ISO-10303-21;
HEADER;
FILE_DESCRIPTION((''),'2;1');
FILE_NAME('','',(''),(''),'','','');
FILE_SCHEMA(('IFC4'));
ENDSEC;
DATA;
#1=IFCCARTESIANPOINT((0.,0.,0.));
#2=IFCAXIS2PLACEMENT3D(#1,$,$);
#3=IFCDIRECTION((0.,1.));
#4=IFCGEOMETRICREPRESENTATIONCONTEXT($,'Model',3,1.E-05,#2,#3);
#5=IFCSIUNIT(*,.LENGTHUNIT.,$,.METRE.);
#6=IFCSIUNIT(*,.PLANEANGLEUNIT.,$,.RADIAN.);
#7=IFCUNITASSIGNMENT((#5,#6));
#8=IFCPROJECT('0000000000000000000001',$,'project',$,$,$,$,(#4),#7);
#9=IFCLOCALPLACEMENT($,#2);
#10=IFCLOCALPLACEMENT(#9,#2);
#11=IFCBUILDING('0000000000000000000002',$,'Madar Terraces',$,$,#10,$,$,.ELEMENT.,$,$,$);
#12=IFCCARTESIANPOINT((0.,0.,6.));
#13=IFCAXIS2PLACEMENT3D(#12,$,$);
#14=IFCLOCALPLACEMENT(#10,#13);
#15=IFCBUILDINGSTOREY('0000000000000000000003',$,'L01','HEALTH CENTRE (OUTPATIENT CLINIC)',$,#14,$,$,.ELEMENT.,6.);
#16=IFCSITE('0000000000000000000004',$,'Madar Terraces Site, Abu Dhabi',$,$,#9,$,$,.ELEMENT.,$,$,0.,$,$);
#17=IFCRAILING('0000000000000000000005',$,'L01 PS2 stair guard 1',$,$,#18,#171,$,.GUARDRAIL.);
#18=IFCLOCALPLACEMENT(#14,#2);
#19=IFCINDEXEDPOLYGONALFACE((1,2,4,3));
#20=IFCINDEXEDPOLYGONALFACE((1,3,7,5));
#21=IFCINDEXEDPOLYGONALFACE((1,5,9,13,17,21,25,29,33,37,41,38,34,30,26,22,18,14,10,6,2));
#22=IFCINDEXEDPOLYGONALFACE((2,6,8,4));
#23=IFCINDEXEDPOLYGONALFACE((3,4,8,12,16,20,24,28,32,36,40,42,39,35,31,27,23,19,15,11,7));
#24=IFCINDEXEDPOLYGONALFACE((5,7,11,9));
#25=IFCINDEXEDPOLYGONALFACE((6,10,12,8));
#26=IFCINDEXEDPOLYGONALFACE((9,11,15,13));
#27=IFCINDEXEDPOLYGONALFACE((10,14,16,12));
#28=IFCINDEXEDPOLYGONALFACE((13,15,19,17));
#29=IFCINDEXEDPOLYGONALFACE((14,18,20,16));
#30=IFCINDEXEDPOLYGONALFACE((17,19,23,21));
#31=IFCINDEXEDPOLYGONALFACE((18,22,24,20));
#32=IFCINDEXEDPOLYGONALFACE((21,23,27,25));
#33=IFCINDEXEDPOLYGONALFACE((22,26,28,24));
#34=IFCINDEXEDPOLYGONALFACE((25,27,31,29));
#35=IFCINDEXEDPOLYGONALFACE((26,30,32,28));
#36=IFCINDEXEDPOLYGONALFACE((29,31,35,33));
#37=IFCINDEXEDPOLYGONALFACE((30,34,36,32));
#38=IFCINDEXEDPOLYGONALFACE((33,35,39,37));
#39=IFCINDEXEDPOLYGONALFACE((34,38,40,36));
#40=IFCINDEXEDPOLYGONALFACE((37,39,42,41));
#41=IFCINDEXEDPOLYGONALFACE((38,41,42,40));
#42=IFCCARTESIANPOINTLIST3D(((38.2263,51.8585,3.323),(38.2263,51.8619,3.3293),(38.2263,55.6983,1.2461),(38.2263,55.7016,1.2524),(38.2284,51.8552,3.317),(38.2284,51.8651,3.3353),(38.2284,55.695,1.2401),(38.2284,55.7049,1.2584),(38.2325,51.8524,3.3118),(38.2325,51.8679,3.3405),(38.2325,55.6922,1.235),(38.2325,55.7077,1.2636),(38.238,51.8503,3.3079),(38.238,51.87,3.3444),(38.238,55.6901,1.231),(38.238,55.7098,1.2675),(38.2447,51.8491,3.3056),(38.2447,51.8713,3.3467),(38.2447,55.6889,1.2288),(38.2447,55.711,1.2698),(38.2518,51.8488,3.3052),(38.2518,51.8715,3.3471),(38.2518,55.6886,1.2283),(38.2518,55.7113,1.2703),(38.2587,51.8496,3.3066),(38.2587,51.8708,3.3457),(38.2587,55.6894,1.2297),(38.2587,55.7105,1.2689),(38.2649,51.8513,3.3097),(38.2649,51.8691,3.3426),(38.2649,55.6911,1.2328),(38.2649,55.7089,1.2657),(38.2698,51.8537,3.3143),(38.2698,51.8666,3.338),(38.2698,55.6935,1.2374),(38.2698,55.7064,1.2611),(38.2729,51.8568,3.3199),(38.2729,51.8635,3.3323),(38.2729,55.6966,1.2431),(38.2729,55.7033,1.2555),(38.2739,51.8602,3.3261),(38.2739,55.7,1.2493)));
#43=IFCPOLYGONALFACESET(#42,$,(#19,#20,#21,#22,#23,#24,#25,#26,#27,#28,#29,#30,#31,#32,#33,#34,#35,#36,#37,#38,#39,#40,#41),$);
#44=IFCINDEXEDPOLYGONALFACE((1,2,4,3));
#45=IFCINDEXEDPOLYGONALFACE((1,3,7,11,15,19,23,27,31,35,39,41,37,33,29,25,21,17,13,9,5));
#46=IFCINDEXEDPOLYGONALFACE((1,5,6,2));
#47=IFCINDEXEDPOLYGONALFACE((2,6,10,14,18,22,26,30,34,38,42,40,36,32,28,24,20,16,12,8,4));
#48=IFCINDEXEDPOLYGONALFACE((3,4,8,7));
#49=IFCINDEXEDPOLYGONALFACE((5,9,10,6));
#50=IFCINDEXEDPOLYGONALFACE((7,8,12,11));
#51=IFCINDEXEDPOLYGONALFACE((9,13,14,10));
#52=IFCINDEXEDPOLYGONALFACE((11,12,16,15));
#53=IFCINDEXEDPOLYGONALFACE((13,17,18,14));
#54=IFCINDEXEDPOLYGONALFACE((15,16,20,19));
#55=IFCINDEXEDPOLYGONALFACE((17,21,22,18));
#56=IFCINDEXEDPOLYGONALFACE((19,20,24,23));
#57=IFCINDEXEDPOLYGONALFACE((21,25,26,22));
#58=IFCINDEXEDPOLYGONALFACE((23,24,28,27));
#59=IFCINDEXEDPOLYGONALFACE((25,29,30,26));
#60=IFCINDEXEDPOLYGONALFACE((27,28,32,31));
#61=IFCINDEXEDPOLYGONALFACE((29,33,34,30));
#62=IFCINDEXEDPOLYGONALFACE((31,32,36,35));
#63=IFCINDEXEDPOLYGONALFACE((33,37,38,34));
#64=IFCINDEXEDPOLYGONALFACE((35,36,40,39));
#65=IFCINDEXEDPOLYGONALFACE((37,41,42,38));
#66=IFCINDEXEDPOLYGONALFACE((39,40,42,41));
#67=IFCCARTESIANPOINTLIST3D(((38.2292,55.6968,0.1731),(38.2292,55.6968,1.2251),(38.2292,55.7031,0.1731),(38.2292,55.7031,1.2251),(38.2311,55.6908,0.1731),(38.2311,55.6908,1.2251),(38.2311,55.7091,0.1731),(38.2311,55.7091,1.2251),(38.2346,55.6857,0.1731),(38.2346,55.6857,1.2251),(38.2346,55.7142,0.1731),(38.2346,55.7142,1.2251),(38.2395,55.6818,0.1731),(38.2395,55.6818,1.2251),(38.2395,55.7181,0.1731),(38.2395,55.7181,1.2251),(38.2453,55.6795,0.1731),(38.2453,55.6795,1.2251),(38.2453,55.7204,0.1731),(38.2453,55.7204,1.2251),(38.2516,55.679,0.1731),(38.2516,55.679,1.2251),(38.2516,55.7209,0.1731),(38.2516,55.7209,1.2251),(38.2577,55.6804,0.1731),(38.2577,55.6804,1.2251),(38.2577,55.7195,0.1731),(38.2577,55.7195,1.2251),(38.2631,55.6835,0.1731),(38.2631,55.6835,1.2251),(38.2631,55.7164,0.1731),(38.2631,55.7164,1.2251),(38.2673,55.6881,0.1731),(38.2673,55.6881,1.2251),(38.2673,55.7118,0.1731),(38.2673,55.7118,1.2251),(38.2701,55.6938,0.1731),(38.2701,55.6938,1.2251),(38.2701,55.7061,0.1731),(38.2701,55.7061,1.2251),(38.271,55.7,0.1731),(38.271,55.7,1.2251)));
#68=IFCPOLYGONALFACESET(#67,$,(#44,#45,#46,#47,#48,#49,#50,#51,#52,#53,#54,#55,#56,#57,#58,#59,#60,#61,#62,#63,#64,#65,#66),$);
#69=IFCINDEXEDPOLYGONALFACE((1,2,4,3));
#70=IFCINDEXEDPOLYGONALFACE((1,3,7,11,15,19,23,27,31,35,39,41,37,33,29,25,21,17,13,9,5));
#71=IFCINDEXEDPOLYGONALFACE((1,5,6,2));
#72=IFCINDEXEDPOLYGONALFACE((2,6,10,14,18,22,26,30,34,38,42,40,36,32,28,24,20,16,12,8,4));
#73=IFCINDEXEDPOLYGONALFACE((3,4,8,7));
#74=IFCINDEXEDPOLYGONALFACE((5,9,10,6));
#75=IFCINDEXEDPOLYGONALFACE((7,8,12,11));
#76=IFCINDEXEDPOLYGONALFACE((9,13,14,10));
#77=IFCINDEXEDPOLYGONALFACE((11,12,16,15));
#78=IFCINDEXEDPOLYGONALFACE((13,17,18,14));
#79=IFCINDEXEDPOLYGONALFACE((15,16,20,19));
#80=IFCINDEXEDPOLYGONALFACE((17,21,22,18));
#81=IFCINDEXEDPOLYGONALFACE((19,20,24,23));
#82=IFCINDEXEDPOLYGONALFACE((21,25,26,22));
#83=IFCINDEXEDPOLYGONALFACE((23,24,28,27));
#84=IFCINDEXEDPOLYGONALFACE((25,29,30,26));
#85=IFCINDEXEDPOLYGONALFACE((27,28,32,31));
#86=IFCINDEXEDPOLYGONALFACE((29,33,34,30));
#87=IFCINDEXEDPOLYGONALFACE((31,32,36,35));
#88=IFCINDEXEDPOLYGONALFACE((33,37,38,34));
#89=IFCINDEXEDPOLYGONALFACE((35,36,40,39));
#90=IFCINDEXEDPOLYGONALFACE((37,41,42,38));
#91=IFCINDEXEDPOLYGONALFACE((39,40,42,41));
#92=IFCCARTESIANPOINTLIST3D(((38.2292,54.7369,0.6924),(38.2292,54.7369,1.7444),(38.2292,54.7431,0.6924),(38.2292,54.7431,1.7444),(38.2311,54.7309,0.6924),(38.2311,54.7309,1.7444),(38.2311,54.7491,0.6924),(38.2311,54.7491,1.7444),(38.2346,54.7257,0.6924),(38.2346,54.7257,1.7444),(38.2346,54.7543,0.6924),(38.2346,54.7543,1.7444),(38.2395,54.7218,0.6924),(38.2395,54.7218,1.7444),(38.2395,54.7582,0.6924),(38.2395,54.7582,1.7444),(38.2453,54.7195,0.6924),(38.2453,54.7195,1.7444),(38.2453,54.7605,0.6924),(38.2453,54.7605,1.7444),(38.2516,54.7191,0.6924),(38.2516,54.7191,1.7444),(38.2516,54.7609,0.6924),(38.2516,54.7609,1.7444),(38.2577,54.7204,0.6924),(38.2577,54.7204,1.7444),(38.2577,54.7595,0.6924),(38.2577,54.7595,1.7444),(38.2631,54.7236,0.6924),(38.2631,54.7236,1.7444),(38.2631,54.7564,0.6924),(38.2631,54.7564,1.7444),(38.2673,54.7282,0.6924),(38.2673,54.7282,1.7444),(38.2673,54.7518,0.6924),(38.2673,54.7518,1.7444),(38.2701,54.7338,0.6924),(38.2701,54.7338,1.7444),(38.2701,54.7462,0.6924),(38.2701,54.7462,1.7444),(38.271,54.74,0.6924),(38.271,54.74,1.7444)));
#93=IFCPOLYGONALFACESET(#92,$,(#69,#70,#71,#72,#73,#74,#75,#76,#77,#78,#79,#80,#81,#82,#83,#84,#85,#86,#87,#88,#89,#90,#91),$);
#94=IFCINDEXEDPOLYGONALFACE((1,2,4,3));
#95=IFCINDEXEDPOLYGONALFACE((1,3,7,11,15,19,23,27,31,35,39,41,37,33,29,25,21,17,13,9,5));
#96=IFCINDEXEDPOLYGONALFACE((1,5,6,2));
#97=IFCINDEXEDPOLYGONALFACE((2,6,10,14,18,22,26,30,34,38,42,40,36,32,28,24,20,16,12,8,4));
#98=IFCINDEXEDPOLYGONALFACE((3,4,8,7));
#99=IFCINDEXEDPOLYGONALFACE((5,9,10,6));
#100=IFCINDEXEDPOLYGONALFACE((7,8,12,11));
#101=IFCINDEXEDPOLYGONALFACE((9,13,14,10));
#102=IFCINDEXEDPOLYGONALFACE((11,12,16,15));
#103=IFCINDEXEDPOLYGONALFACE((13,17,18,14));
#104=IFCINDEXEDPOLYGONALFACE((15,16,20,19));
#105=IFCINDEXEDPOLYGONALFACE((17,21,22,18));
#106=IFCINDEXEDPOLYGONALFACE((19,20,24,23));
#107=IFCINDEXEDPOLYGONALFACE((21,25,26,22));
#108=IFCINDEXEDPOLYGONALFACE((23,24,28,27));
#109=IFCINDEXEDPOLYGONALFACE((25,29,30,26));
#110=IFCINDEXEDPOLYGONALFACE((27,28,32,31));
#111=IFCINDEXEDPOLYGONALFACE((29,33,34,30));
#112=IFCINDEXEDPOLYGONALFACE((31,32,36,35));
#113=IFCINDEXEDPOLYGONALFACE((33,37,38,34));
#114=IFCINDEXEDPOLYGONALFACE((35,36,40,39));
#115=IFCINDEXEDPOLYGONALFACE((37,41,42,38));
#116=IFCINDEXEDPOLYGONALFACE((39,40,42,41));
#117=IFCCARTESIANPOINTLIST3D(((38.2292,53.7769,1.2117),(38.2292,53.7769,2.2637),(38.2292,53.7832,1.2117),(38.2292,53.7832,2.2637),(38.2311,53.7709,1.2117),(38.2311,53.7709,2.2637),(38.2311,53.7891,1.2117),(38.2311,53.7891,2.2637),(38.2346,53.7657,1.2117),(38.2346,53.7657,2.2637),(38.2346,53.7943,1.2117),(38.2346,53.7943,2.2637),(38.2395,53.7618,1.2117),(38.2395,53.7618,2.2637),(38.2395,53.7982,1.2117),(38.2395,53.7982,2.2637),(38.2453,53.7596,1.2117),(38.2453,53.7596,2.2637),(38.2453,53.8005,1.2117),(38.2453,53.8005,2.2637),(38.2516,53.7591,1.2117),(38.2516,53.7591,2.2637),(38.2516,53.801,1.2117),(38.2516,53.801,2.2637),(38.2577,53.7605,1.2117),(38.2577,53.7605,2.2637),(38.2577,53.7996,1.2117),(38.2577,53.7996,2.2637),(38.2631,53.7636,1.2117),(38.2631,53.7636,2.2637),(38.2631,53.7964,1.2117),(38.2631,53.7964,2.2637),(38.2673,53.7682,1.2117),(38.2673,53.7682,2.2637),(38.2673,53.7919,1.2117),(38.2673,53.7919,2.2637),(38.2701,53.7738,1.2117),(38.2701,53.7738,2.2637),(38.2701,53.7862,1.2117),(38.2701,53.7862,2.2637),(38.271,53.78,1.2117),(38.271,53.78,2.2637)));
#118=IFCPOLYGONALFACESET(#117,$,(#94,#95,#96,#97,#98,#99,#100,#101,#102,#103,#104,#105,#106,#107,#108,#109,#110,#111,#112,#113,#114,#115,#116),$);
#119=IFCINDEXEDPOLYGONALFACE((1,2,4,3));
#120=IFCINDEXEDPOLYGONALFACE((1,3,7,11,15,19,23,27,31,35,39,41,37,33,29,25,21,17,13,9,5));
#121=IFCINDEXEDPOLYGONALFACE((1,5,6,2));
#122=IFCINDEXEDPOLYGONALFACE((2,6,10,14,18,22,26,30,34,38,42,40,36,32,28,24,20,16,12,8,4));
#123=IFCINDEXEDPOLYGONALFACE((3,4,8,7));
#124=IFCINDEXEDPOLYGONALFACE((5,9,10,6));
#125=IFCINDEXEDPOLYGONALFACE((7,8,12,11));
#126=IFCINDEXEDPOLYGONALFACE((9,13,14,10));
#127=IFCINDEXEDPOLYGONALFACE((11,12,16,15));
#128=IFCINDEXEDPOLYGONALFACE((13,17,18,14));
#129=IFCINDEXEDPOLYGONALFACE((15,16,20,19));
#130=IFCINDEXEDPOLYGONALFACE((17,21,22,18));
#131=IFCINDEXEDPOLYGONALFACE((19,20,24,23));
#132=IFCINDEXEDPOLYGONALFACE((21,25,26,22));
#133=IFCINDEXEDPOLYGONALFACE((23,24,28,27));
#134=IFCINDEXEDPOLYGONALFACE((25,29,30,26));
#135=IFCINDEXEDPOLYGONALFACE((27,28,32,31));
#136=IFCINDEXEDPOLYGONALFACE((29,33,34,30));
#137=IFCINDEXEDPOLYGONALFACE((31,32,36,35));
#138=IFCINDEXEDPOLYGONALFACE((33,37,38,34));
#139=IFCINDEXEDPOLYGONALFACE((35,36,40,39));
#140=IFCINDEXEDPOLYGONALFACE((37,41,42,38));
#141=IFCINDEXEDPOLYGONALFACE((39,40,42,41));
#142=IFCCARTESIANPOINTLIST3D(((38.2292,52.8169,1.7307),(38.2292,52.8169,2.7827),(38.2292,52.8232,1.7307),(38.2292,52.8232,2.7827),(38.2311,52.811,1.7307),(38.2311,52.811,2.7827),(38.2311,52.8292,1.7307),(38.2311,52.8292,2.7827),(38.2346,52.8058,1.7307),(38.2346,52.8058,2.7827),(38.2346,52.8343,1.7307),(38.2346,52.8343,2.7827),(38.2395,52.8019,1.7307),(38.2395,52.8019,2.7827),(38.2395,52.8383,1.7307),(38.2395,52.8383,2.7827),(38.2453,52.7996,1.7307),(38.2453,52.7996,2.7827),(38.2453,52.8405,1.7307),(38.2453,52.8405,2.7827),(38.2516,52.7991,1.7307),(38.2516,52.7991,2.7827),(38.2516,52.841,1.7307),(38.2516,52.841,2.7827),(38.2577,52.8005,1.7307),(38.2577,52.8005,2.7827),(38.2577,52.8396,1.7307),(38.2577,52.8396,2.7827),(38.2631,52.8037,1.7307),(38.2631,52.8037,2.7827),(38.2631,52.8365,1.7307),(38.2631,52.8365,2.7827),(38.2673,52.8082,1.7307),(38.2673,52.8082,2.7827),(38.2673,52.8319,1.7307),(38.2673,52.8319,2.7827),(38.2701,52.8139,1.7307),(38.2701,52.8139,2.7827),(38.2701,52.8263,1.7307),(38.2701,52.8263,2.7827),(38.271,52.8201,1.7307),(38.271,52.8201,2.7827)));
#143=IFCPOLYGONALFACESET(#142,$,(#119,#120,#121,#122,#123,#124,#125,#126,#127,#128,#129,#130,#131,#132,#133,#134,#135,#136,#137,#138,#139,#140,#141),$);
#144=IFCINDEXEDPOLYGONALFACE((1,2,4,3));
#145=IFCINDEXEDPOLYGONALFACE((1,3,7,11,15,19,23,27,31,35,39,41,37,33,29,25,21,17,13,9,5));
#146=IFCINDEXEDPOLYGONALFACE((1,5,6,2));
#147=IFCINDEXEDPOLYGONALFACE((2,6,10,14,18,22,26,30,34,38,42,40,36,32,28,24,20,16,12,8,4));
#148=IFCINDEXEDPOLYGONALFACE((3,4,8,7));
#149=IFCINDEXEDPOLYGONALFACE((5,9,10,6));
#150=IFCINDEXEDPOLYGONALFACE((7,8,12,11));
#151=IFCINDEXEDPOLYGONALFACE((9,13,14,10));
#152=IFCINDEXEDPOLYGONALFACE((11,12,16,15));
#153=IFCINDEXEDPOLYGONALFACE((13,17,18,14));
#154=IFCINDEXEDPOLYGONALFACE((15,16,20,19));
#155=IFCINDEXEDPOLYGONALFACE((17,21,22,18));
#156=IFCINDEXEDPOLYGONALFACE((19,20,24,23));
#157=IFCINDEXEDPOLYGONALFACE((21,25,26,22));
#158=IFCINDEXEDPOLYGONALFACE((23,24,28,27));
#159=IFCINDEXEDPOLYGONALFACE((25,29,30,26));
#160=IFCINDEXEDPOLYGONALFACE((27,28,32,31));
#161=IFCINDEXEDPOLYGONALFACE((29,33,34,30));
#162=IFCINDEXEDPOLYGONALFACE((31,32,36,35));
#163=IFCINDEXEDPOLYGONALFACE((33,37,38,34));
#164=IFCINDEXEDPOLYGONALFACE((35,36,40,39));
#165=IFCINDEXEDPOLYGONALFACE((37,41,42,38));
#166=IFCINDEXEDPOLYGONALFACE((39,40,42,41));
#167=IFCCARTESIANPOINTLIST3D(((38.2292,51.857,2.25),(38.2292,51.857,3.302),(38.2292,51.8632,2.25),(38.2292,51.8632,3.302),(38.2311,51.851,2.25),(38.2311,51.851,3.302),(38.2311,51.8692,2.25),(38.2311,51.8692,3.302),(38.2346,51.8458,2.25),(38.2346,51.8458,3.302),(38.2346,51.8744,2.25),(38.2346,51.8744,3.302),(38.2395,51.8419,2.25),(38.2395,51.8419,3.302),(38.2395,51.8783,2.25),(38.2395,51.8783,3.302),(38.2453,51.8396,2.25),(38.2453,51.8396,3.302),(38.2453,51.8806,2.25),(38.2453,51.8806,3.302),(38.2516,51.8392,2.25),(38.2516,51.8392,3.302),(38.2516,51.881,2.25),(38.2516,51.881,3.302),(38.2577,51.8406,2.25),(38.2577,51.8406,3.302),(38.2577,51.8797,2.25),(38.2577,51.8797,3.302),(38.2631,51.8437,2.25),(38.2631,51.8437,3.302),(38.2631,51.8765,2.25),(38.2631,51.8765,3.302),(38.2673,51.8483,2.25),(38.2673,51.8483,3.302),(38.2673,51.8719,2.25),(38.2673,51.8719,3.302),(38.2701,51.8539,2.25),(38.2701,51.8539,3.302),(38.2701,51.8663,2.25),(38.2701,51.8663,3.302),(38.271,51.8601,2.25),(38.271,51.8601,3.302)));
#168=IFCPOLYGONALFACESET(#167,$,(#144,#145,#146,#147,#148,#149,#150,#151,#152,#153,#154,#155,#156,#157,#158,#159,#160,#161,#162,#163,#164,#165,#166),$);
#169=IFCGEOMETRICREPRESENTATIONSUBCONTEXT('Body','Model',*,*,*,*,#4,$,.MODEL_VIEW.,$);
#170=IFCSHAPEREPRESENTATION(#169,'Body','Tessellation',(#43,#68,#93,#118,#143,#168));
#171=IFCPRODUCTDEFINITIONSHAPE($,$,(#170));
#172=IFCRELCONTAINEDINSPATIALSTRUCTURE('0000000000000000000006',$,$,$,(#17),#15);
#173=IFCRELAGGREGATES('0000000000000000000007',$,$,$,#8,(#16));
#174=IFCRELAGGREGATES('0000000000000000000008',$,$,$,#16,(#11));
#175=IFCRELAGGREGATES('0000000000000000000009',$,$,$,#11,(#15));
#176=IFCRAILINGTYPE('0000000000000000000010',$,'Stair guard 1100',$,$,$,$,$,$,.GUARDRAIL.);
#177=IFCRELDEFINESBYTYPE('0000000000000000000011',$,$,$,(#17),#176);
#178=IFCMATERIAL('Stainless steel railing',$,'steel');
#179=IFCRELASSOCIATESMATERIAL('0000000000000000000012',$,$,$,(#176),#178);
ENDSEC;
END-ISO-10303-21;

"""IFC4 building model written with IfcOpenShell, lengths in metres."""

from ifc_helpers import new_model, si_unit, direction, frame, origin, origin_2d, place, context, subcontext, project, spatial, circle, extrude, material, type_object, element, save


model = new_model("IFC4")

# Units and contexts
model_context = context("Model", 3, precision=1e-05, world=origin(), true_north=direction((0.0, 1.0)))
body_context = subcontext(model_context, "Body", "Model", "MODEL_VIEW")
ifc_project = project(units=[si_unit("LENGTHUNIT", "METRE"), si_unit("PLANEANGLEUNIT", "RADIAN")], contexts=[model_context])

# Site, building, storey
site_placement = place(None, origin())
site = spatial("IfcSite", under=ifc_project, at=site_placement, Name="Madar Terraces Site, Abu Dhabi", CompositionType="ELEMENT", RefElevation=0.0)
building_placement = place(site_placement, origin())
building = spatial("IfcBuilding", under=site, at=building_placement, Name="Madar Terraces", CompositionType="ELEMENT")
storey_placement = place(building_placement, frame((0.0, 0.0, 6.0)))
storey = spatial("IfcBuildingStorey", under=building, at=storey_placement, Name="L01", Description="HEALTH CENTRE (OUTPATIENT CLINIC)", CompositionType="ELEMENT", Elevation=6.0)

# Railing
ifc_material_1 = material(Name="Stainless steel railing", Category="steel")
railing_type_1 = type_object("IfcRailingType", Name="Stair guard 1100", PredefinedType="GUARDRAIL", material=ifc_material_1)
railing_1_placement = place(storey_placement, frame((38.25, 55.7, 0.1731)))
element("IfcRailing", 1, at=railing_1_placement, inside=storey, type_object=railing_type_1, Name="L01 PS2 stair guard 1", PredefinedType="GUARDRAIL", context=body_context, shape_type="SweptSolid", body=[
    extrude(circle(Radius=0.0239, at=origin_2d()), frame((0.0, 0.0, 1.0762), z_axis=(0.0, -0.879581, 0.47575), x_axis=(1.0, 0.0, 0.0)), (0.0, 0.0, 1.0), 4.3655),
    extrude(circle(Radius=0.021, at=origin_2d()), origin(), (0.0, 0.0, 1.0), 1.052),
    extrude(circle(Radius=0.021, at=origin_2d()), frame((0.0, -0.96, 0.5193)), (0.0, 0.0, 1.0), 1.052),
    extrude(circle(Radius=0.021, at=origin_2d()), frame((0.0, -1.9199, 1.0386)), (0.0, 0.0, 1.0), 1.052),
    extrude(circle(Radius=0.021, at=origin_2d()), frame((0.0, -2.8799, 1.5576)), (0.0, 0.0, 1.0), 1.052),
    extrude(circle(Radius=0.021, at=origin_2d()), frame((0.0, -3.8398, 2.0769)), (0.0, 0.0, 1.0), 1.052),
])

save(model, "model.ifc")
